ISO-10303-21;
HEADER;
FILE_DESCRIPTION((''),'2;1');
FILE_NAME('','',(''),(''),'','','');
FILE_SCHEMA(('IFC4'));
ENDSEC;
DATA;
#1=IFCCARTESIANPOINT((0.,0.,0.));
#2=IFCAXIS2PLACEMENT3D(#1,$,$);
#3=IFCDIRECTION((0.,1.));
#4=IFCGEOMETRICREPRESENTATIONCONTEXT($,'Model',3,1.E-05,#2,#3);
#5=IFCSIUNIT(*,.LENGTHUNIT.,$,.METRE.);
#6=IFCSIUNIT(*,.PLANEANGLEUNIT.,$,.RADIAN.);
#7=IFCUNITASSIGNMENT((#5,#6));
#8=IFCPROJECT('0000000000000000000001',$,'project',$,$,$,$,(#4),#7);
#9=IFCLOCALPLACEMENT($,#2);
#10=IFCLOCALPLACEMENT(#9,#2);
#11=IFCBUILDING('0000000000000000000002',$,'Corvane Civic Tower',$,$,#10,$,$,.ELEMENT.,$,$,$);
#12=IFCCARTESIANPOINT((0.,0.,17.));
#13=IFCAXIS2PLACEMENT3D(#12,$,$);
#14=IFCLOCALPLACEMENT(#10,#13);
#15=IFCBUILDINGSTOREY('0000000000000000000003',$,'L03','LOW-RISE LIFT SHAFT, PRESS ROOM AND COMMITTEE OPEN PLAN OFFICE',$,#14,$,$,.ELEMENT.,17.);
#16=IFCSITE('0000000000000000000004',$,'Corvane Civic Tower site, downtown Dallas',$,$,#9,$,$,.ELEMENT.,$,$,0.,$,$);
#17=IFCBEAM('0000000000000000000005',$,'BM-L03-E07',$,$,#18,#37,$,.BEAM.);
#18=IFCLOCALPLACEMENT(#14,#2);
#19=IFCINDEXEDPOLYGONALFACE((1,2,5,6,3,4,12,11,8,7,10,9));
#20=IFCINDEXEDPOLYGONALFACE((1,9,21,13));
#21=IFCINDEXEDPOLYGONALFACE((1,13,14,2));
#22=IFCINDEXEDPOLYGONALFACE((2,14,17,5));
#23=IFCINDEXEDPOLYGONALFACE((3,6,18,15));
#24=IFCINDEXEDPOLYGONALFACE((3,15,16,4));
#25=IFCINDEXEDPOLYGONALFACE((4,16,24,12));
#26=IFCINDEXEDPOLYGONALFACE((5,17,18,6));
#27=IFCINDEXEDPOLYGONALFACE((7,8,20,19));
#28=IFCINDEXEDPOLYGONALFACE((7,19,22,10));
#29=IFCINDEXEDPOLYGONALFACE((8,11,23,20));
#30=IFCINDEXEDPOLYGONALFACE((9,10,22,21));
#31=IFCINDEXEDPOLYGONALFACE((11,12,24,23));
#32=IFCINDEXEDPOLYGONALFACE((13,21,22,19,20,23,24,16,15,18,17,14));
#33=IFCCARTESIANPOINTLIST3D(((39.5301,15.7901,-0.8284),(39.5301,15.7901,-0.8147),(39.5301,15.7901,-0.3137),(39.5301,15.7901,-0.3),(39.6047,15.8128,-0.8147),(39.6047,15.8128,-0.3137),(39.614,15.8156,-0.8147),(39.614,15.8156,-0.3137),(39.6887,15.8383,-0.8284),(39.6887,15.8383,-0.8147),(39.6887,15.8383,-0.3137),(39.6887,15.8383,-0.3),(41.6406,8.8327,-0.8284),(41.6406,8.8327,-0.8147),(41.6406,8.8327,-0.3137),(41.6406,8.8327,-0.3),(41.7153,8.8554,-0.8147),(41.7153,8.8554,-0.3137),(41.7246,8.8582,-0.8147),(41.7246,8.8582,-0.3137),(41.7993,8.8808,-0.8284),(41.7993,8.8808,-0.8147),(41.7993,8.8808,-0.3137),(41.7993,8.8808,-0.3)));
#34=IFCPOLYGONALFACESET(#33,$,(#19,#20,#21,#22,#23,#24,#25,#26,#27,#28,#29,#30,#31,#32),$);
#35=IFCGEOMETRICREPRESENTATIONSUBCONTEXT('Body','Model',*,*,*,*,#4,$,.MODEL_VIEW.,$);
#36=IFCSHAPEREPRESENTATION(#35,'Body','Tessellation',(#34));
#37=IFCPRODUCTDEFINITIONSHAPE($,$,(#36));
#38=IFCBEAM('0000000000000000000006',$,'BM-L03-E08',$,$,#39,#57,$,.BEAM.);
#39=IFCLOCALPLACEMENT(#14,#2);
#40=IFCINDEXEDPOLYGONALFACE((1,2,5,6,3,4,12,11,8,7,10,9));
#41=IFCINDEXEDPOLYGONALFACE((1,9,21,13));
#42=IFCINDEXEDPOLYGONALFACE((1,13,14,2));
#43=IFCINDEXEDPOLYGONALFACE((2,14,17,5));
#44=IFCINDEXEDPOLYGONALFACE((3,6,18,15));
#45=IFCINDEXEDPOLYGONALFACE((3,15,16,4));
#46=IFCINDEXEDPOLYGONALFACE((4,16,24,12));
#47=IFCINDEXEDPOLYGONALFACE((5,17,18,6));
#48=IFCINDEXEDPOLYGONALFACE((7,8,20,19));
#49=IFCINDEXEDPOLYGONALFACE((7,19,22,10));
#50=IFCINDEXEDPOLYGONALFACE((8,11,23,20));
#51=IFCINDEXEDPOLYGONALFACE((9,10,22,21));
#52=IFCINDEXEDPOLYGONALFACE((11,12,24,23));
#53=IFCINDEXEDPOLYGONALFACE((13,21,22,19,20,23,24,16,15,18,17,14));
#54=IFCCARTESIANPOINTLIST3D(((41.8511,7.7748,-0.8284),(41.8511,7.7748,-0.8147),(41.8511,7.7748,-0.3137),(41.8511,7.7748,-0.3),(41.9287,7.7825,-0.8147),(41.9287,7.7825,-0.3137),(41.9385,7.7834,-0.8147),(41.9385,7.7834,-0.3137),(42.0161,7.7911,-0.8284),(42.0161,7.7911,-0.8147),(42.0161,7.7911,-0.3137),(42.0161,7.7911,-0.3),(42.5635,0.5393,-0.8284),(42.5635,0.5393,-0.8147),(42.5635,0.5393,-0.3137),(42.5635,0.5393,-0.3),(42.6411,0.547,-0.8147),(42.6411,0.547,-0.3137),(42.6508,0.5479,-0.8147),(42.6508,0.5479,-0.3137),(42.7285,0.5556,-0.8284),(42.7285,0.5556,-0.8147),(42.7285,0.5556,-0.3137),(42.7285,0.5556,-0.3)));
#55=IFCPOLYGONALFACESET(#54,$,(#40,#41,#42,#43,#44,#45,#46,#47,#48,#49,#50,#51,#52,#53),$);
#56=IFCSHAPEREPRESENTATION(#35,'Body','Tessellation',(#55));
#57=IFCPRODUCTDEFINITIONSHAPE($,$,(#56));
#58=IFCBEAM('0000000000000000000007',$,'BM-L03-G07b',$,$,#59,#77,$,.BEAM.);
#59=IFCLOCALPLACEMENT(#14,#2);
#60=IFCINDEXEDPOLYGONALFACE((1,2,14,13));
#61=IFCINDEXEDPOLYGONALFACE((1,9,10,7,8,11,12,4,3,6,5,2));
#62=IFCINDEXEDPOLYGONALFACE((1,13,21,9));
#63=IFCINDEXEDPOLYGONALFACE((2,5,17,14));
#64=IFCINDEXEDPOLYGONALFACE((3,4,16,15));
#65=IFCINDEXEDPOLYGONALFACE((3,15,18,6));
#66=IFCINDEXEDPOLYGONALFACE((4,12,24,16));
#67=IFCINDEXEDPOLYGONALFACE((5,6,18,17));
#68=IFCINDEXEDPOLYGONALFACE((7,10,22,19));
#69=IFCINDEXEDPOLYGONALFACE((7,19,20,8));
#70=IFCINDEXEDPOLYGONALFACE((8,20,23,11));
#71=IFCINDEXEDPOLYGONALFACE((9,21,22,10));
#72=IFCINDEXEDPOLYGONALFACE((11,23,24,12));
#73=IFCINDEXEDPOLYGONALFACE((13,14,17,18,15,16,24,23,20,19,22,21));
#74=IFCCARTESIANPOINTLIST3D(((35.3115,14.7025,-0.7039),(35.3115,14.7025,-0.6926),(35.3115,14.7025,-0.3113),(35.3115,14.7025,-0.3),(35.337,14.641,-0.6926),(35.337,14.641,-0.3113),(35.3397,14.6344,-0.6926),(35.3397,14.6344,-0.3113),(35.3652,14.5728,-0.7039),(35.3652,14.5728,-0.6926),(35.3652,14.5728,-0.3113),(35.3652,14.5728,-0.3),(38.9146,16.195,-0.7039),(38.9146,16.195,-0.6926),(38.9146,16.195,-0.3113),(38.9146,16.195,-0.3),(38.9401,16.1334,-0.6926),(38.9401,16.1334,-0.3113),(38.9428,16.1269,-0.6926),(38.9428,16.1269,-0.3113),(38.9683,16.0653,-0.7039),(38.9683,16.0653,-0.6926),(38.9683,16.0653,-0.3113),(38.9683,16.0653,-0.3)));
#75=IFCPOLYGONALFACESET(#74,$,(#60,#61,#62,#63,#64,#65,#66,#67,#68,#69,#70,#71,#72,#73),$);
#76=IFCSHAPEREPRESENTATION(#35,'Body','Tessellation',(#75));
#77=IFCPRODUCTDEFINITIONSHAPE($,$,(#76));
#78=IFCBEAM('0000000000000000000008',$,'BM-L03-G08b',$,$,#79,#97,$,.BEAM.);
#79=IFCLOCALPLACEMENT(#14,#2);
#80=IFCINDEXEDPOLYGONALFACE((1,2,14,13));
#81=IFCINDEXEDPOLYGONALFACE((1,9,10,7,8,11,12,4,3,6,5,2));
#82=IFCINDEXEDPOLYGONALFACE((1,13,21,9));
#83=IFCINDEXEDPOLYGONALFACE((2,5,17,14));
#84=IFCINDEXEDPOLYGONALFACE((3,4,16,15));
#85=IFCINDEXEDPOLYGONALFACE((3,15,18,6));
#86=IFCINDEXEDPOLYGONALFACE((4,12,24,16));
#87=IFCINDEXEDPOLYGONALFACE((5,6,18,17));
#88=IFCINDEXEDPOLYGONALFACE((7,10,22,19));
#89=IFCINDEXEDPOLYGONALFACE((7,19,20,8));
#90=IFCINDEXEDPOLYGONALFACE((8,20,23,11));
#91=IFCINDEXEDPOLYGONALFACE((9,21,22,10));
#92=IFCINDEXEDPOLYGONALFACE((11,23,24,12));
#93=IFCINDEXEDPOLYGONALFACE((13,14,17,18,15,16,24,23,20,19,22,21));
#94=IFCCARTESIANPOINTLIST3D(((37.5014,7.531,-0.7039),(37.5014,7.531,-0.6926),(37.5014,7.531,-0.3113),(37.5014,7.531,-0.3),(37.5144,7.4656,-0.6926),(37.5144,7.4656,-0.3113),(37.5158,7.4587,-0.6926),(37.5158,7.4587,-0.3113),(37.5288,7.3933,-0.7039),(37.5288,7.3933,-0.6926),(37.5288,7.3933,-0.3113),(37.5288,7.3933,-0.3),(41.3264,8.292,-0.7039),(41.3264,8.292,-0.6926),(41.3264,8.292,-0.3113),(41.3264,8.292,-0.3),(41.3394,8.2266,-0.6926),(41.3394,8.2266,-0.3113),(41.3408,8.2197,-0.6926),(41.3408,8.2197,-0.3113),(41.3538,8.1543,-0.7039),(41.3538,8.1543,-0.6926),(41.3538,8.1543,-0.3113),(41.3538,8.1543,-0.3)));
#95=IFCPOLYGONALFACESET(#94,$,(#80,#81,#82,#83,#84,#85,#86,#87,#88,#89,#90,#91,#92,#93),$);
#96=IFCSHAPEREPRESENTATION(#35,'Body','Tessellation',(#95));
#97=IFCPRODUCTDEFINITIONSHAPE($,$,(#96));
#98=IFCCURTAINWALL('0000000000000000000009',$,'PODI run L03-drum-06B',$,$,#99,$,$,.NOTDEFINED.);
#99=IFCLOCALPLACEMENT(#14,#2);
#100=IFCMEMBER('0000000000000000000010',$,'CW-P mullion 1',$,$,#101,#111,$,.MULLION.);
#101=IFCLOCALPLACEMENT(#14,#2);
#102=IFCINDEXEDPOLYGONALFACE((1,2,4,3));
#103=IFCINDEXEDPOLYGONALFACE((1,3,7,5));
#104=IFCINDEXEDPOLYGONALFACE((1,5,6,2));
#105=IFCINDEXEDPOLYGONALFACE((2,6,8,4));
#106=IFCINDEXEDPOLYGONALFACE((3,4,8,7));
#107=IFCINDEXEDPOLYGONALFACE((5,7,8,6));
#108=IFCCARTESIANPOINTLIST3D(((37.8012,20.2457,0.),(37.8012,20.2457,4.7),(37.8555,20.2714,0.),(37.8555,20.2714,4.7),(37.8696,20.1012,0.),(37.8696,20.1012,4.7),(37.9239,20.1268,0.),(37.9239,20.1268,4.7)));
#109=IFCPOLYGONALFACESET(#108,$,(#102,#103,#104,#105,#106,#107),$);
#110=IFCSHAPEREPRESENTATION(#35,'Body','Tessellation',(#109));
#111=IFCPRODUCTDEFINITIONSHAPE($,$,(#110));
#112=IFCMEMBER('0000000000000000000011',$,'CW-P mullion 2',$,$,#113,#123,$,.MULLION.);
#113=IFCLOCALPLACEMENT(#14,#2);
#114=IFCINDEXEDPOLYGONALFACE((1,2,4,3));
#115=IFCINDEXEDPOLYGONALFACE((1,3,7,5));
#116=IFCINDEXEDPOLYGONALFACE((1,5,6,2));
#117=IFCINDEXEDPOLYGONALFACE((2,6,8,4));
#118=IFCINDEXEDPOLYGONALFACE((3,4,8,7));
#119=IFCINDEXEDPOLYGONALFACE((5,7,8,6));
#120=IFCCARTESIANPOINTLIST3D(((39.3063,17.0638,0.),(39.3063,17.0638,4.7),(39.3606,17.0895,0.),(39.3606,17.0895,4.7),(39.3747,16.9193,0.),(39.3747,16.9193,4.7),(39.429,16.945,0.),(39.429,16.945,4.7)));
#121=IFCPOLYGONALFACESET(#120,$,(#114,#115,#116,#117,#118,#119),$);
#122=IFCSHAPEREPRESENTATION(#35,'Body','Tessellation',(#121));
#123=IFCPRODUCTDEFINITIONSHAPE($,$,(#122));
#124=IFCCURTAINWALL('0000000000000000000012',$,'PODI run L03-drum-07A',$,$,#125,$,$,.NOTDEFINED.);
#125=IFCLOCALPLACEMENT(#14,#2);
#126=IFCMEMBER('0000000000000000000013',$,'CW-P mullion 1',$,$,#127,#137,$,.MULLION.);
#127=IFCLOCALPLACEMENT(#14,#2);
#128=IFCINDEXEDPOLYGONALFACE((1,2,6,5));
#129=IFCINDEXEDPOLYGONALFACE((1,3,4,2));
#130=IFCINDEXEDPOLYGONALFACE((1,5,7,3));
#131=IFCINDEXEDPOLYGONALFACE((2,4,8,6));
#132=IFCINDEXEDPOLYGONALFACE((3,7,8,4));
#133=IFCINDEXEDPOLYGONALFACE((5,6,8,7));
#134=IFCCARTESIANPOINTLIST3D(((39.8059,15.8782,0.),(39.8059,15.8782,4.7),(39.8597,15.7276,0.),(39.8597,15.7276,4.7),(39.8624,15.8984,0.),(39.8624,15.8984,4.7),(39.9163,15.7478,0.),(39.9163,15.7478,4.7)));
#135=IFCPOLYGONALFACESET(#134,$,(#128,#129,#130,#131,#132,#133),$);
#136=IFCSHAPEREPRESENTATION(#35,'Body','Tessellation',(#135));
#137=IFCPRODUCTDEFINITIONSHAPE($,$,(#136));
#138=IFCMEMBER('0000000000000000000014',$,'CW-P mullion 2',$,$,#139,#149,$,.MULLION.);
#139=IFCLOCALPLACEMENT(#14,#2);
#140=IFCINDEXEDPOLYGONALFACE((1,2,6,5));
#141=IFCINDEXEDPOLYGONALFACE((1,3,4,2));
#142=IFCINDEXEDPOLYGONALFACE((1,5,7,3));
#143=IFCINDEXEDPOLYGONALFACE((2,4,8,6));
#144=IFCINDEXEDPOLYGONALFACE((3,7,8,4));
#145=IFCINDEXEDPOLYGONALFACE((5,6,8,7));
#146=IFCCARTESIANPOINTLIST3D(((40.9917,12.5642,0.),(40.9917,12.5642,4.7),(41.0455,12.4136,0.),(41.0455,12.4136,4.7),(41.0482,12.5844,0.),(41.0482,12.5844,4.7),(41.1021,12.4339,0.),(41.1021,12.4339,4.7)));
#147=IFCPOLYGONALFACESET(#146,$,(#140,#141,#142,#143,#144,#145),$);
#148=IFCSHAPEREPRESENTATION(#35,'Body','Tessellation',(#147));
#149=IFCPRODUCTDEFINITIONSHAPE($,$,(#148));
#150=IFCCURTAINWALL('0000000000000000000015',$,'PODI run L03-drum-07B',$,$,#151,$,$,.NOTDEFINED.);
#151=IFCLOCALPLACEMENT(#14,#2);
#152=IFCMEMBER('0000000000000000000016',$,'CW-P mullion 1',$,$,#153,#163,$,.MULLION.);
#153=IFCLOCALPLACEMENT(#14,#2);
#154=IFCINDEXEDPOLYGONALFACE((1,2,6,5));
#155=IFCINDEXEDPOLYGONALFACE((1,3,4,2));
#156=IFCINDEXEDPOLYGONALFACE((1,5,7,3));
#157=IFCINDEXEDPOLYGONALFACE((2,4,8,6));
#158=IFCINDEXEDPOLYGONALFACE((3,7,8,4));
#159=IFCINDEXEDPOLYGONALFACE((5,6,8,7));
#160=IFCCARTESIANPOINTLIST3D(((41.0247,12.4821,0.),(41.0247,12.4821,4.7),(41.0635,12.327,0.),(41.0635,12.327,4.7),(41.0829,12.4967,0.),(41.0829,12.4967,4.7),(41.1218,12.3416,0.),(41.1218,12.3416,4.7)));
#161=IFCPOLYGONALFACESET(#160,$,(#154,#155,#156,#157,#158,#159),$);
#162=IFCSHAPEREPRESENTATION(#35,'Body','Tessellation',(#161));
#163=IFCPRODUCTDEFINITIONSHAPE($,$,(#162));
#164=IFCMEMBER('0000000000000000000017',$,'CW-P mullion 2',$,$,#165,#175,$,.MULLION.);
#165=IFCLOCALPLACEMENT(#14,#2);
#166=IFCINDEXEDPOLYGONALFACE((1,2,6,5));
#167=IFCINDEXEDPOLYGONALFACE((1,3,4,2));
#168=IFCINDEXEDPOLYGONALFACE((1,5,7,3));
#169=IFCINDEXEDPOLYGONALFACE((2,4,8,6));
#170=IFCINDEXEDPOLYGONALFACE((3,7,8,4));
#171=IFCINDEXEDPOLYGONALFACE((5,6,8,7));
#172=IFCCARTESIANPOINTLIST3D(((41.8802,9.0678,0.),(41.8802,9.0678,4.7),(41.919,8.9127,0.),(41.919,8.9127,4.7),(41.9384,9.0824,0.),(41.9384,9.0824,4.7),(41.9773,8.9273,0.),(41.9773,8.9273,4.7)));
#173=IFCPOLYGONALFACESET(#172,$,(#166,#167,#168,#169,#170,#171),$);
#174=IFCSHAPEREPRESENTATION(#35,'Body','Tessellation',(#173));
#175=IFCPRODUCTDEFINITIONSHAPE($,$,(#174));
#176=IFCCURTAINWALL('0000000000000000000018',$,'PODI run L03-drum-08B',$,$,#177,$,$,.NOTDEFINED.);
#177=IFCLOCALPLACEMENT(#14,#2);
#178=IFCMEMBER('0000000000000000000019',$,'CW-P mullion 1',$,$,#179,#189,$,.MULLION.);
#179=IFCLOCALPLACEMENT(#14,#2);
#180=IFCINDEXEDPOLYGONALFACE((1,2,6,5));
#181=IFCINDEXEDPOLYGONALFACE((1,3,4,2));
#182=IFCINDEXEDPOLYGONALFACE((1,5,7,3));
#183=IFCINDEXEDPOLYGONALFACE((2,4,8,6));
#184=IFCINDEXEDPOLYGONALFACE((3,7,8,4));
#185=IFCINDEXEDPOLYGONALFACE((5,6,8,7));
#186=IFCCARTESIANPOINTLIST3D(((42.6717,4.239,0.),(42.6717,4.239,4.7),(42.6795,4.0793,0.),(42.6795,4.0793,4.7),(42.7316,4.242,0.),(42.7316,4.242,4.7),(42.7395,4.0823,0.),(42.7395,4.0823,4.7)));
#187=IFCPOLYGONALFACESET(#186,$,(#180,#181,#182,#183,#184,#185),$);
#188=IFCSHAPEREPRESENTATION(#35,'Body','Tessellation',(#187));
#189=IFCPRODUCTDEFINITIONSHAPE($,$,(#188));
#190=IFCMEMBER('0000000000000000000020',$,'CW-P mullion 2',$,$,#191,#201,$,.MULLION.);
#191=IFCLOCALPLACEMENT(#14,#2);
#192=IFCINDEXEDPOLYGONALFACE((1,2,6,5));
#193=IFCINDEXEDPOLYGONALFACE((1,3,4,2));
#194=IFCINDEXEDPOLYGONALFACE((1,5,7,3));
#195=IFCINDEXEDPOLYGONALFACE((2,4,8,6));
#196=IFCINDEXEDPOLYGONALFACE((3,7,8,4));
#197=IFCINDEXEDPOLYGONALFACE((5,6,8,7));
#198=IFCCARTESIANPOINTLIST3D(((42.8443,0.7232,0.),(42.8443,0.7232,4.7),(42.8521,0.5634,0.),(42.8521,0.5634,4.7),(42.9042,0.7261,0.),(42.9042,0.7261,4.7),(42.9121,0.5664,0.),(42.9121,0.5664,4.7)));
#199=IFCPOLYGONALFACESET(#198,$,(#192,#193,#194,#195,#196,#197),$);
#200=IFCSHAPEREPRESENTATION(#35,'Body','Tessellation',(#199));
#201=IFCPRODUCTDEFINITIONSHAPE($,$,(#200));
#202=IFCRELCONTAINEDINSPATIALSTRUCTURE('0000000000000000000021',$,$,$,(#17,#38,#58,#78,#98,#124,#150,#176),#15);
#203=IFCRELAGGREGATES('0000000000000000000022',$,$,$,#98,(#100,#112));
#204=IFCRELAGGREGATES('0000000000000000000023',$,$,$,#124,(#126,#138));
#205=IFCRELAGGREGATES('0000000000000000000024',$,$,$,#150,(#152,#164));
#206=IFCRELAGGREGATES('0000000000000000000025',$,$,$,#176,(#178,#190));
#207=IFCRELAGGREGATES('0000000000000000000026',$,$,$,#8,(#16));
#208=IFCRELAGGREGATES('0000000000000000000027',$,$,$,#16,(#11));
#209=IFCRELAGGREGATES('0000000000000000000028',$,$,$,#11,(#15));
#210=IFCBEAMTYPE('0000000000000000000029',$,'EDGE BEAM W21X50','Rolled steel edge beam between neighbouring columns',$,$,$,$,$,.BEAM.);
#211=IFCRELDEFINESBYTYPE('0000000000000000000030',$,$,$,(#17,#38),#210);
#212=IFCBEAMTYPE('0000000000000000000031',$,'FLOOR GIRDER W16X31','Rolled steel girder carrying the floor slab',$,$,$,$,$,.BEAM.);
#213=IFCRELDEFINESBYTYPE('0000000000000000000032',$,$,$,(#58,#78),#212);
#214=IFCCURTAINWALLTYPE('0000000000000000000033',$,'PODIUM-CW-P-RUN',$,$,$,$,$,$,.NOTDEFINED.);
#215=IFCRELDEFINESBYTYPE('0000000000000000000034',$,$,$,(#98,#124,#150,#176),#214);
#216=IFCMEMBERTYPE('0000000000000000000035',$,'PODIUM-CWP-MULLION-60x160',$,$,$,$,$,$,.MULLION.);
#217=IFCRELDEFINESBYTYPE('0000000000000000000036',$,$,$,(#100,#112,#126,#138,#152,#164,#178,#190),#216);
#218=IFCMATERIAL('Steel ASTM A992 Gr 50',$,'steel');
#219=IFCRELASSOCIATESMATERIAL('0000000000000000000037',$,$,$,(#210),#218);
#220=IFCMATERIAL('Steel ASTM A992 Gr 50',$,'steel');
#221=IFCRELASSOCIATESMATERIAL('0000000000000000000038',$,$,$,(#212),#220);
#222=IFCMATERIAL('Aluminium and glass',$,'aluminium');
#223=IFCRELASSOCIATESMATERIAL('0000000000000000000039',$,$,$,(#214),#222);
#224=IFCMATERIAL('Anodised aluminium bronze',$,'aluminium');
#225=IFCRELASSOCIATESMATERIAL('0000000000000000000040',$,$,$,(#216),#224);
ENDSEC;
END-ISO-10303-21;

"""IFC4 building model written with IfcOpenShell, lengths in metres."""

from ifc_helpers import new_model, si_unit, direction, frame, origin, origin_2d, place, context, subcontext, project, spatial, rectangle, i_section, extrude, material, material_profile, profile_set, type_object, element, aggregate, save


model = new_model("IFC4")

# Units and contexts
model_context = context("Model", 3, precision=1e-05, world=origin(), true_north=direction((0.0, 1.0)))
body_context = subcontext(model_context, "Body", "Model", "MODEL_VIEW")
ifc_project = project(units=[si_unit("LENGTHUNIT", "METRE"), si_unit("PLANEANGLEUNIT", "RADIAN")], contexts=[model_context])

# Site, building, storey
site_placement = place(None, origin())
site = spatial("IfcSite", under=ifc_project, at=site_placement, Name="Corvane Civic Tower site, downtown Dallas", CompositionType="ELEMENT", RefElevation=0.0)
building_placement = place(site_placement, origin())
building = spatial("IfcBuilding", under=site, at=building_placement, Name="Corvane Civic Tower", CompositionType="ELEMENT")
storey_placement = place(building_placement, frame((0.0, 0.0, 17.0)))
storey = spatial("IfcBuildingStorey", under=building, at=storey_placement, Name="L03", Description="LOW-RISE LIFT SHAFT, PRESS ROOM AND COMMITTEE OPEN PLAN OFFICE", CompositionType="ELEMENT", Elevation=17.0)

# Beams
ifc_material_1 = material(Name="Steel ASTM A992 Gr 50", Category="steel")
ifc_material_profile_1 = material_profile(ifc_material_1, i_section(OverallWidth=0.1658, OverallDepth=0.5283, WebThickness=0.0098, FlangeThickness=0.0137, at=origin_2d()), Name="W21X50")
ifc_profile_set_1 = profile_set([ifc_material_profile_1], Name="Steel ASTM A992 Gr 50")
beam_type_1 = type_object("IfcBeamType", Name="EDGE BEAM W21X50", Description="Rolled steel edge beam between neighbouring columns", PredefinedType="BEAM", material=ifc_profile_set_1)
for number, where, z_axis, x_axis, name in (
    (1, (39.6094, 15.8142, -0.5642), (0.290292, -0.956938, 0.0), (0.956938, 0.290292, 0.0), "BM-L03-E07"),
    (2, (41.9336, 7.783, -0.5642), (0.097984, -0.995188, 0.0), (0.995188, 0.097984, 0.0), "BM-L03-E08"),
):
    element("IfcBeam", number, at=place(storey_placement, frame(where, z_axis=z_axis, x_axis=x_axis)), inside=storey, type_object=beam_type_1, Name=name, PredefinedType="BEAM", context=body_context, shape_type="SweptSolid", body=[
        extrude(i_section(OverallWidth=0.1658, OverallDepth=0.5283, WebThickness=0.0098, FlangeThickness=0.0137, at=origin_2d()), origin(), (0.0, 0.0, 1.0), 7.2705),
    ])
ifc_material_2 = material(Name="Steel ASTM A992 Gr 50", Category="steel")
ifc_material_profile_2 = material_profile(ifc_material_2, i_section(OverallWidth=0.1404, OverallDepth=0.4038, WebThickness=0.0071, FlangeThickness=0.0112, at=origin_2d()), Name="W16X31")
ifc_profile_set_2 = profile_set([ifc_material_profile_2], Name="Steel ASTM A992 Gr 50")
beam_type_2 = type_object("IfcBeamType", Name="FLOOR GIRDER W16X31", Description="Rolled steel girder carrying the floor slab", PredefinedType="BEAM", material=ifc_profile_set_2)
for number, where, z_axis, x_axis, name in (
    (3, (35.3384, 14.6377, -0.502), (0.923879, 0.382685, 0.0), (-0.382685, 0.923879, 0.0), "BM-L03-G07b"),
    (4, (37.5151, 7.4622, -0.502), (0.980778, 0.195129, 0.0), (-0.195129, 0.980778, 0.0), "BM-L03-G08b"),
):
    element("IfcBeam", number, at=place(storey_placement, frame(where, z_axis=z_axis, x_axis=x_axis)), inside=storey, type_object=beam_type_2, Name=name, PredefinedType="BEAM", context=body_context, shape_type="SweptSolid", body=[
        extrude(i_section(OverallWidth=0.1404, OverallDepth=0.4038, WebThickness=0.0071, FlangeThickness=0.0112, at=origin_2d()), origin(), (0.0, 0.0, 1.0), 3.8999),
    ])

# Curtain walls, members
ifc_material_3 = material(Name="Aluminium and glass", Category="aluminium")
curtain_wall_type = type_object("IfcCurtainWallType", Name="PODIUM-CW-P-RUN", PredefinedType="NOTDEFINED", material=ifc_material_3)
curtain_wall_1_placement = place(storey_placement, origin())
curtain_wall_1 = element("IfcCurtainWall", 5, at=curtain_wall_1_placement, inside=storey, type_object=curtain_wall_type, Name="PODI run L03-drum-06B", PredefinedType="NOTDEFINED")
ifc_material_4 = material(Name="Anodised aluminium bronze", Category="aluminium")
ifc_material_profile_3 = material_profile(ifc_material_4, rectangle(XDim=0.0601, YDim=0.1599, at=origin_2d()), Name="AL 60x160")
ifc_profile_set_3 = profile_set([ifc_material_profile_3], Name="Anodised aluminium bronze")
member_type_1 = type_object("IfcMemberType", Name="PODIUM-CWP-MULLION-60x160", PredefinedType="MULLION", material=ifc_profile_set_3)
member_1_placement = place(storey_placement, frame((37.8625, 20.1863, 0.0), z_axis=(0.0, 0.0, 1.0), x_axis=(0.90399, 0.427553, 0.0)))
member_1 = element("IfcMember", 6, at=member_1_placement, type_object=member_type_1, Name="CW-P mullion 1", PredefinedType="MULLION", context=body_context, shape_type="SweptSolid", body=[
    extrude(rectangle(XDim=0.0601, YDim=0.1599, at=origin_2d()), origin(), (0.0, 0.0, 1.0), 4.7),
])
member_2_placement = place(storey_placement, frame((39.3677, 17.0044, 0.0), z_axis=(0.0, 0.0, 1.0), x_axis=(0.90399, 0.427553, 0.0)))
member_2 = element("IfcMember", 7, at=member_2_placement, type_object=member_type_1, Name="CW-P mullion 2", PredefinedType="MULLION", context=body_context, shape_type="SweptSolid", body=[
    extrude(rectangle(XDim=0.0601, YDim=0.1599, at=origin_2d()), origin(), (0.0, 0.0, 1.0), 4.7),
])
curtain_wall_2_placement = place(storey_placement, origin())
curtain_wall_2 = element("IfcCurtainWall", 8, at=curtain_wall_2_placement, inside=storey, type_object=curtain_wall_type, Name="PODI run L03-drum-07A", PredefinedType="NOTDEFINED")
member_3_placement = place(storey_placement, frame((39.8611, 15.813, 0.0), z_axis=(0.0, 0.0, 1.0), x_axis=(0.941534, 0.336919, 0.0)))
member_3 = element("IfcMember", 9, at=member_3_placement, type_object=member_type_1, Name="CW-P mullion 1", PredefinedType="MULLION", context=body_context, shape_type="SweptSolid", body=[
    extrude(rectangle(XDim=0.0601, YDim=0.1599, at=origin_2d()), origin(), (0.0, 0.0, 1.0), 4.7),
])
member_4_placement = place(storey_placement, frame((41.0469, 12.499, 0.0), z_axis=(0.0, 0.0, 1.0), x_axis=(0.941534, 0.336919, 0.0)))
member_4 = element("IfcMember", 10, at=member_4_placement, type_object=member_type_1, Name="CW-P mullion 2", PredefinedType="MULLION", context=body_context, shape_type="SweptSolid", body=[
    extrude(rectangle(XDim=0.0601, YDim=0.1599, at=origin_2d()), origin(), (0.0, 0.0, 1.0), 4.7),
])
curtain_wall_3_placement = place(storey_placement, origin())
curtain_wall_3 = element("IfcCurtainWall", 11, at=curtain_wall_3_placement, inside=storey, type_object=curtain_wall_type, Name="PODI run L03-drum-07B", PredefinedType="NOTDEFINED")
member_5_placement = place(storey_placement, frame((41.0732, 12.4119, 0.0), z_axis=(0.0, 0.0, 1.0), x_axis=(0.970024, 0.243009, 0.0)))
member_5 = element("IfcMember", 12, at=member_5_placement, type_object=member_type_1, Name="CW-P mullion 1", PredefinedType="MULLION", context=body_context, shape_type="SweptSolid", body=[
    extrude(rectangle(XDim=0.0601, YDim=0.1599, at=origin_2d()), origin(), (0.0, 0.0, 1.0), 4.7),
])
member_6_placement = place(storey_placement, frame((41.9287, 8.9976, 0.0), z_axis=(0.0, 0.0, 1.0), x_axis=(0.970024, 0.243009, 0.0)))
member_6 = element("IfcMember", 13, at=member_6_placement, type_object=member_type_1, Name="CW-P mullion 2", PredefinedType="MULLION", context=body_context, shape_type="SweptSolid", body=[
    extrude(rectangle(XDim=0.0601, YDim=0.1599, at=origin_2d()), origin(), (0.0, 0.0, 1.0), 4.7),
])
curtain_wall_4_placement = place(storey_placement, origin())
curtain_wall_4 = element("IfcCurtainWall", 14, at=curtain_wall_4_placement, inside=storey, type_object=curtain_wall_type, Name="PODI run L03-drum-08B", PredefinedType="NOTDEFINED")
member_7_placement = place(storey_placement, frame((42.7056, 4.1606, 0.0), z_axis=(0.0, 0.0, 1.0), x_axis=(0.998796, 0.04905, 0.0)))
member_7 = element("IfcMember", 15, at=member_7_placement, type_object=member_type_1, Name="CW-P mullion 1", PredefinedType="MULLION", context=body_context, shape_type="SweptSolid", body=[
    extrude(rectangle(XDim=0.0601, YDim=0.1599, at=origin_2d()), origin(), (0.0, 0.0, 1.0), 4.7),
])
member_8_placement = place(storey_placement, frame((42.8782, 0.6448, 0.0), z_axis=(0.0, 0.0, 1.0), x_axis=(0.998796, 0.04905, 0.0)))
member_8 = element("IfcMember", 16, at=member_8_placement, type_object=member_type_1, Name="CW-P mullion 2", PredefinedType="MULLION", context=body_context, shape_type="SweptSolid", body=[
    extrude(rectangle(XDim=0.0601, YDim=0.1599, at=origin_2d()), origin(), (0.0, 0.0, 1.0), 4.7),
])

aggregate(curtain_wall_1, [member_1, member_2])
aggregate(curtain_wall_2, [member_3, member_4])
aggregate(curtain_wall_3, [member_5, member_6])
aggregate(curtain_wall_4, [member_7, member_8])

save(model, "model.ifc")
